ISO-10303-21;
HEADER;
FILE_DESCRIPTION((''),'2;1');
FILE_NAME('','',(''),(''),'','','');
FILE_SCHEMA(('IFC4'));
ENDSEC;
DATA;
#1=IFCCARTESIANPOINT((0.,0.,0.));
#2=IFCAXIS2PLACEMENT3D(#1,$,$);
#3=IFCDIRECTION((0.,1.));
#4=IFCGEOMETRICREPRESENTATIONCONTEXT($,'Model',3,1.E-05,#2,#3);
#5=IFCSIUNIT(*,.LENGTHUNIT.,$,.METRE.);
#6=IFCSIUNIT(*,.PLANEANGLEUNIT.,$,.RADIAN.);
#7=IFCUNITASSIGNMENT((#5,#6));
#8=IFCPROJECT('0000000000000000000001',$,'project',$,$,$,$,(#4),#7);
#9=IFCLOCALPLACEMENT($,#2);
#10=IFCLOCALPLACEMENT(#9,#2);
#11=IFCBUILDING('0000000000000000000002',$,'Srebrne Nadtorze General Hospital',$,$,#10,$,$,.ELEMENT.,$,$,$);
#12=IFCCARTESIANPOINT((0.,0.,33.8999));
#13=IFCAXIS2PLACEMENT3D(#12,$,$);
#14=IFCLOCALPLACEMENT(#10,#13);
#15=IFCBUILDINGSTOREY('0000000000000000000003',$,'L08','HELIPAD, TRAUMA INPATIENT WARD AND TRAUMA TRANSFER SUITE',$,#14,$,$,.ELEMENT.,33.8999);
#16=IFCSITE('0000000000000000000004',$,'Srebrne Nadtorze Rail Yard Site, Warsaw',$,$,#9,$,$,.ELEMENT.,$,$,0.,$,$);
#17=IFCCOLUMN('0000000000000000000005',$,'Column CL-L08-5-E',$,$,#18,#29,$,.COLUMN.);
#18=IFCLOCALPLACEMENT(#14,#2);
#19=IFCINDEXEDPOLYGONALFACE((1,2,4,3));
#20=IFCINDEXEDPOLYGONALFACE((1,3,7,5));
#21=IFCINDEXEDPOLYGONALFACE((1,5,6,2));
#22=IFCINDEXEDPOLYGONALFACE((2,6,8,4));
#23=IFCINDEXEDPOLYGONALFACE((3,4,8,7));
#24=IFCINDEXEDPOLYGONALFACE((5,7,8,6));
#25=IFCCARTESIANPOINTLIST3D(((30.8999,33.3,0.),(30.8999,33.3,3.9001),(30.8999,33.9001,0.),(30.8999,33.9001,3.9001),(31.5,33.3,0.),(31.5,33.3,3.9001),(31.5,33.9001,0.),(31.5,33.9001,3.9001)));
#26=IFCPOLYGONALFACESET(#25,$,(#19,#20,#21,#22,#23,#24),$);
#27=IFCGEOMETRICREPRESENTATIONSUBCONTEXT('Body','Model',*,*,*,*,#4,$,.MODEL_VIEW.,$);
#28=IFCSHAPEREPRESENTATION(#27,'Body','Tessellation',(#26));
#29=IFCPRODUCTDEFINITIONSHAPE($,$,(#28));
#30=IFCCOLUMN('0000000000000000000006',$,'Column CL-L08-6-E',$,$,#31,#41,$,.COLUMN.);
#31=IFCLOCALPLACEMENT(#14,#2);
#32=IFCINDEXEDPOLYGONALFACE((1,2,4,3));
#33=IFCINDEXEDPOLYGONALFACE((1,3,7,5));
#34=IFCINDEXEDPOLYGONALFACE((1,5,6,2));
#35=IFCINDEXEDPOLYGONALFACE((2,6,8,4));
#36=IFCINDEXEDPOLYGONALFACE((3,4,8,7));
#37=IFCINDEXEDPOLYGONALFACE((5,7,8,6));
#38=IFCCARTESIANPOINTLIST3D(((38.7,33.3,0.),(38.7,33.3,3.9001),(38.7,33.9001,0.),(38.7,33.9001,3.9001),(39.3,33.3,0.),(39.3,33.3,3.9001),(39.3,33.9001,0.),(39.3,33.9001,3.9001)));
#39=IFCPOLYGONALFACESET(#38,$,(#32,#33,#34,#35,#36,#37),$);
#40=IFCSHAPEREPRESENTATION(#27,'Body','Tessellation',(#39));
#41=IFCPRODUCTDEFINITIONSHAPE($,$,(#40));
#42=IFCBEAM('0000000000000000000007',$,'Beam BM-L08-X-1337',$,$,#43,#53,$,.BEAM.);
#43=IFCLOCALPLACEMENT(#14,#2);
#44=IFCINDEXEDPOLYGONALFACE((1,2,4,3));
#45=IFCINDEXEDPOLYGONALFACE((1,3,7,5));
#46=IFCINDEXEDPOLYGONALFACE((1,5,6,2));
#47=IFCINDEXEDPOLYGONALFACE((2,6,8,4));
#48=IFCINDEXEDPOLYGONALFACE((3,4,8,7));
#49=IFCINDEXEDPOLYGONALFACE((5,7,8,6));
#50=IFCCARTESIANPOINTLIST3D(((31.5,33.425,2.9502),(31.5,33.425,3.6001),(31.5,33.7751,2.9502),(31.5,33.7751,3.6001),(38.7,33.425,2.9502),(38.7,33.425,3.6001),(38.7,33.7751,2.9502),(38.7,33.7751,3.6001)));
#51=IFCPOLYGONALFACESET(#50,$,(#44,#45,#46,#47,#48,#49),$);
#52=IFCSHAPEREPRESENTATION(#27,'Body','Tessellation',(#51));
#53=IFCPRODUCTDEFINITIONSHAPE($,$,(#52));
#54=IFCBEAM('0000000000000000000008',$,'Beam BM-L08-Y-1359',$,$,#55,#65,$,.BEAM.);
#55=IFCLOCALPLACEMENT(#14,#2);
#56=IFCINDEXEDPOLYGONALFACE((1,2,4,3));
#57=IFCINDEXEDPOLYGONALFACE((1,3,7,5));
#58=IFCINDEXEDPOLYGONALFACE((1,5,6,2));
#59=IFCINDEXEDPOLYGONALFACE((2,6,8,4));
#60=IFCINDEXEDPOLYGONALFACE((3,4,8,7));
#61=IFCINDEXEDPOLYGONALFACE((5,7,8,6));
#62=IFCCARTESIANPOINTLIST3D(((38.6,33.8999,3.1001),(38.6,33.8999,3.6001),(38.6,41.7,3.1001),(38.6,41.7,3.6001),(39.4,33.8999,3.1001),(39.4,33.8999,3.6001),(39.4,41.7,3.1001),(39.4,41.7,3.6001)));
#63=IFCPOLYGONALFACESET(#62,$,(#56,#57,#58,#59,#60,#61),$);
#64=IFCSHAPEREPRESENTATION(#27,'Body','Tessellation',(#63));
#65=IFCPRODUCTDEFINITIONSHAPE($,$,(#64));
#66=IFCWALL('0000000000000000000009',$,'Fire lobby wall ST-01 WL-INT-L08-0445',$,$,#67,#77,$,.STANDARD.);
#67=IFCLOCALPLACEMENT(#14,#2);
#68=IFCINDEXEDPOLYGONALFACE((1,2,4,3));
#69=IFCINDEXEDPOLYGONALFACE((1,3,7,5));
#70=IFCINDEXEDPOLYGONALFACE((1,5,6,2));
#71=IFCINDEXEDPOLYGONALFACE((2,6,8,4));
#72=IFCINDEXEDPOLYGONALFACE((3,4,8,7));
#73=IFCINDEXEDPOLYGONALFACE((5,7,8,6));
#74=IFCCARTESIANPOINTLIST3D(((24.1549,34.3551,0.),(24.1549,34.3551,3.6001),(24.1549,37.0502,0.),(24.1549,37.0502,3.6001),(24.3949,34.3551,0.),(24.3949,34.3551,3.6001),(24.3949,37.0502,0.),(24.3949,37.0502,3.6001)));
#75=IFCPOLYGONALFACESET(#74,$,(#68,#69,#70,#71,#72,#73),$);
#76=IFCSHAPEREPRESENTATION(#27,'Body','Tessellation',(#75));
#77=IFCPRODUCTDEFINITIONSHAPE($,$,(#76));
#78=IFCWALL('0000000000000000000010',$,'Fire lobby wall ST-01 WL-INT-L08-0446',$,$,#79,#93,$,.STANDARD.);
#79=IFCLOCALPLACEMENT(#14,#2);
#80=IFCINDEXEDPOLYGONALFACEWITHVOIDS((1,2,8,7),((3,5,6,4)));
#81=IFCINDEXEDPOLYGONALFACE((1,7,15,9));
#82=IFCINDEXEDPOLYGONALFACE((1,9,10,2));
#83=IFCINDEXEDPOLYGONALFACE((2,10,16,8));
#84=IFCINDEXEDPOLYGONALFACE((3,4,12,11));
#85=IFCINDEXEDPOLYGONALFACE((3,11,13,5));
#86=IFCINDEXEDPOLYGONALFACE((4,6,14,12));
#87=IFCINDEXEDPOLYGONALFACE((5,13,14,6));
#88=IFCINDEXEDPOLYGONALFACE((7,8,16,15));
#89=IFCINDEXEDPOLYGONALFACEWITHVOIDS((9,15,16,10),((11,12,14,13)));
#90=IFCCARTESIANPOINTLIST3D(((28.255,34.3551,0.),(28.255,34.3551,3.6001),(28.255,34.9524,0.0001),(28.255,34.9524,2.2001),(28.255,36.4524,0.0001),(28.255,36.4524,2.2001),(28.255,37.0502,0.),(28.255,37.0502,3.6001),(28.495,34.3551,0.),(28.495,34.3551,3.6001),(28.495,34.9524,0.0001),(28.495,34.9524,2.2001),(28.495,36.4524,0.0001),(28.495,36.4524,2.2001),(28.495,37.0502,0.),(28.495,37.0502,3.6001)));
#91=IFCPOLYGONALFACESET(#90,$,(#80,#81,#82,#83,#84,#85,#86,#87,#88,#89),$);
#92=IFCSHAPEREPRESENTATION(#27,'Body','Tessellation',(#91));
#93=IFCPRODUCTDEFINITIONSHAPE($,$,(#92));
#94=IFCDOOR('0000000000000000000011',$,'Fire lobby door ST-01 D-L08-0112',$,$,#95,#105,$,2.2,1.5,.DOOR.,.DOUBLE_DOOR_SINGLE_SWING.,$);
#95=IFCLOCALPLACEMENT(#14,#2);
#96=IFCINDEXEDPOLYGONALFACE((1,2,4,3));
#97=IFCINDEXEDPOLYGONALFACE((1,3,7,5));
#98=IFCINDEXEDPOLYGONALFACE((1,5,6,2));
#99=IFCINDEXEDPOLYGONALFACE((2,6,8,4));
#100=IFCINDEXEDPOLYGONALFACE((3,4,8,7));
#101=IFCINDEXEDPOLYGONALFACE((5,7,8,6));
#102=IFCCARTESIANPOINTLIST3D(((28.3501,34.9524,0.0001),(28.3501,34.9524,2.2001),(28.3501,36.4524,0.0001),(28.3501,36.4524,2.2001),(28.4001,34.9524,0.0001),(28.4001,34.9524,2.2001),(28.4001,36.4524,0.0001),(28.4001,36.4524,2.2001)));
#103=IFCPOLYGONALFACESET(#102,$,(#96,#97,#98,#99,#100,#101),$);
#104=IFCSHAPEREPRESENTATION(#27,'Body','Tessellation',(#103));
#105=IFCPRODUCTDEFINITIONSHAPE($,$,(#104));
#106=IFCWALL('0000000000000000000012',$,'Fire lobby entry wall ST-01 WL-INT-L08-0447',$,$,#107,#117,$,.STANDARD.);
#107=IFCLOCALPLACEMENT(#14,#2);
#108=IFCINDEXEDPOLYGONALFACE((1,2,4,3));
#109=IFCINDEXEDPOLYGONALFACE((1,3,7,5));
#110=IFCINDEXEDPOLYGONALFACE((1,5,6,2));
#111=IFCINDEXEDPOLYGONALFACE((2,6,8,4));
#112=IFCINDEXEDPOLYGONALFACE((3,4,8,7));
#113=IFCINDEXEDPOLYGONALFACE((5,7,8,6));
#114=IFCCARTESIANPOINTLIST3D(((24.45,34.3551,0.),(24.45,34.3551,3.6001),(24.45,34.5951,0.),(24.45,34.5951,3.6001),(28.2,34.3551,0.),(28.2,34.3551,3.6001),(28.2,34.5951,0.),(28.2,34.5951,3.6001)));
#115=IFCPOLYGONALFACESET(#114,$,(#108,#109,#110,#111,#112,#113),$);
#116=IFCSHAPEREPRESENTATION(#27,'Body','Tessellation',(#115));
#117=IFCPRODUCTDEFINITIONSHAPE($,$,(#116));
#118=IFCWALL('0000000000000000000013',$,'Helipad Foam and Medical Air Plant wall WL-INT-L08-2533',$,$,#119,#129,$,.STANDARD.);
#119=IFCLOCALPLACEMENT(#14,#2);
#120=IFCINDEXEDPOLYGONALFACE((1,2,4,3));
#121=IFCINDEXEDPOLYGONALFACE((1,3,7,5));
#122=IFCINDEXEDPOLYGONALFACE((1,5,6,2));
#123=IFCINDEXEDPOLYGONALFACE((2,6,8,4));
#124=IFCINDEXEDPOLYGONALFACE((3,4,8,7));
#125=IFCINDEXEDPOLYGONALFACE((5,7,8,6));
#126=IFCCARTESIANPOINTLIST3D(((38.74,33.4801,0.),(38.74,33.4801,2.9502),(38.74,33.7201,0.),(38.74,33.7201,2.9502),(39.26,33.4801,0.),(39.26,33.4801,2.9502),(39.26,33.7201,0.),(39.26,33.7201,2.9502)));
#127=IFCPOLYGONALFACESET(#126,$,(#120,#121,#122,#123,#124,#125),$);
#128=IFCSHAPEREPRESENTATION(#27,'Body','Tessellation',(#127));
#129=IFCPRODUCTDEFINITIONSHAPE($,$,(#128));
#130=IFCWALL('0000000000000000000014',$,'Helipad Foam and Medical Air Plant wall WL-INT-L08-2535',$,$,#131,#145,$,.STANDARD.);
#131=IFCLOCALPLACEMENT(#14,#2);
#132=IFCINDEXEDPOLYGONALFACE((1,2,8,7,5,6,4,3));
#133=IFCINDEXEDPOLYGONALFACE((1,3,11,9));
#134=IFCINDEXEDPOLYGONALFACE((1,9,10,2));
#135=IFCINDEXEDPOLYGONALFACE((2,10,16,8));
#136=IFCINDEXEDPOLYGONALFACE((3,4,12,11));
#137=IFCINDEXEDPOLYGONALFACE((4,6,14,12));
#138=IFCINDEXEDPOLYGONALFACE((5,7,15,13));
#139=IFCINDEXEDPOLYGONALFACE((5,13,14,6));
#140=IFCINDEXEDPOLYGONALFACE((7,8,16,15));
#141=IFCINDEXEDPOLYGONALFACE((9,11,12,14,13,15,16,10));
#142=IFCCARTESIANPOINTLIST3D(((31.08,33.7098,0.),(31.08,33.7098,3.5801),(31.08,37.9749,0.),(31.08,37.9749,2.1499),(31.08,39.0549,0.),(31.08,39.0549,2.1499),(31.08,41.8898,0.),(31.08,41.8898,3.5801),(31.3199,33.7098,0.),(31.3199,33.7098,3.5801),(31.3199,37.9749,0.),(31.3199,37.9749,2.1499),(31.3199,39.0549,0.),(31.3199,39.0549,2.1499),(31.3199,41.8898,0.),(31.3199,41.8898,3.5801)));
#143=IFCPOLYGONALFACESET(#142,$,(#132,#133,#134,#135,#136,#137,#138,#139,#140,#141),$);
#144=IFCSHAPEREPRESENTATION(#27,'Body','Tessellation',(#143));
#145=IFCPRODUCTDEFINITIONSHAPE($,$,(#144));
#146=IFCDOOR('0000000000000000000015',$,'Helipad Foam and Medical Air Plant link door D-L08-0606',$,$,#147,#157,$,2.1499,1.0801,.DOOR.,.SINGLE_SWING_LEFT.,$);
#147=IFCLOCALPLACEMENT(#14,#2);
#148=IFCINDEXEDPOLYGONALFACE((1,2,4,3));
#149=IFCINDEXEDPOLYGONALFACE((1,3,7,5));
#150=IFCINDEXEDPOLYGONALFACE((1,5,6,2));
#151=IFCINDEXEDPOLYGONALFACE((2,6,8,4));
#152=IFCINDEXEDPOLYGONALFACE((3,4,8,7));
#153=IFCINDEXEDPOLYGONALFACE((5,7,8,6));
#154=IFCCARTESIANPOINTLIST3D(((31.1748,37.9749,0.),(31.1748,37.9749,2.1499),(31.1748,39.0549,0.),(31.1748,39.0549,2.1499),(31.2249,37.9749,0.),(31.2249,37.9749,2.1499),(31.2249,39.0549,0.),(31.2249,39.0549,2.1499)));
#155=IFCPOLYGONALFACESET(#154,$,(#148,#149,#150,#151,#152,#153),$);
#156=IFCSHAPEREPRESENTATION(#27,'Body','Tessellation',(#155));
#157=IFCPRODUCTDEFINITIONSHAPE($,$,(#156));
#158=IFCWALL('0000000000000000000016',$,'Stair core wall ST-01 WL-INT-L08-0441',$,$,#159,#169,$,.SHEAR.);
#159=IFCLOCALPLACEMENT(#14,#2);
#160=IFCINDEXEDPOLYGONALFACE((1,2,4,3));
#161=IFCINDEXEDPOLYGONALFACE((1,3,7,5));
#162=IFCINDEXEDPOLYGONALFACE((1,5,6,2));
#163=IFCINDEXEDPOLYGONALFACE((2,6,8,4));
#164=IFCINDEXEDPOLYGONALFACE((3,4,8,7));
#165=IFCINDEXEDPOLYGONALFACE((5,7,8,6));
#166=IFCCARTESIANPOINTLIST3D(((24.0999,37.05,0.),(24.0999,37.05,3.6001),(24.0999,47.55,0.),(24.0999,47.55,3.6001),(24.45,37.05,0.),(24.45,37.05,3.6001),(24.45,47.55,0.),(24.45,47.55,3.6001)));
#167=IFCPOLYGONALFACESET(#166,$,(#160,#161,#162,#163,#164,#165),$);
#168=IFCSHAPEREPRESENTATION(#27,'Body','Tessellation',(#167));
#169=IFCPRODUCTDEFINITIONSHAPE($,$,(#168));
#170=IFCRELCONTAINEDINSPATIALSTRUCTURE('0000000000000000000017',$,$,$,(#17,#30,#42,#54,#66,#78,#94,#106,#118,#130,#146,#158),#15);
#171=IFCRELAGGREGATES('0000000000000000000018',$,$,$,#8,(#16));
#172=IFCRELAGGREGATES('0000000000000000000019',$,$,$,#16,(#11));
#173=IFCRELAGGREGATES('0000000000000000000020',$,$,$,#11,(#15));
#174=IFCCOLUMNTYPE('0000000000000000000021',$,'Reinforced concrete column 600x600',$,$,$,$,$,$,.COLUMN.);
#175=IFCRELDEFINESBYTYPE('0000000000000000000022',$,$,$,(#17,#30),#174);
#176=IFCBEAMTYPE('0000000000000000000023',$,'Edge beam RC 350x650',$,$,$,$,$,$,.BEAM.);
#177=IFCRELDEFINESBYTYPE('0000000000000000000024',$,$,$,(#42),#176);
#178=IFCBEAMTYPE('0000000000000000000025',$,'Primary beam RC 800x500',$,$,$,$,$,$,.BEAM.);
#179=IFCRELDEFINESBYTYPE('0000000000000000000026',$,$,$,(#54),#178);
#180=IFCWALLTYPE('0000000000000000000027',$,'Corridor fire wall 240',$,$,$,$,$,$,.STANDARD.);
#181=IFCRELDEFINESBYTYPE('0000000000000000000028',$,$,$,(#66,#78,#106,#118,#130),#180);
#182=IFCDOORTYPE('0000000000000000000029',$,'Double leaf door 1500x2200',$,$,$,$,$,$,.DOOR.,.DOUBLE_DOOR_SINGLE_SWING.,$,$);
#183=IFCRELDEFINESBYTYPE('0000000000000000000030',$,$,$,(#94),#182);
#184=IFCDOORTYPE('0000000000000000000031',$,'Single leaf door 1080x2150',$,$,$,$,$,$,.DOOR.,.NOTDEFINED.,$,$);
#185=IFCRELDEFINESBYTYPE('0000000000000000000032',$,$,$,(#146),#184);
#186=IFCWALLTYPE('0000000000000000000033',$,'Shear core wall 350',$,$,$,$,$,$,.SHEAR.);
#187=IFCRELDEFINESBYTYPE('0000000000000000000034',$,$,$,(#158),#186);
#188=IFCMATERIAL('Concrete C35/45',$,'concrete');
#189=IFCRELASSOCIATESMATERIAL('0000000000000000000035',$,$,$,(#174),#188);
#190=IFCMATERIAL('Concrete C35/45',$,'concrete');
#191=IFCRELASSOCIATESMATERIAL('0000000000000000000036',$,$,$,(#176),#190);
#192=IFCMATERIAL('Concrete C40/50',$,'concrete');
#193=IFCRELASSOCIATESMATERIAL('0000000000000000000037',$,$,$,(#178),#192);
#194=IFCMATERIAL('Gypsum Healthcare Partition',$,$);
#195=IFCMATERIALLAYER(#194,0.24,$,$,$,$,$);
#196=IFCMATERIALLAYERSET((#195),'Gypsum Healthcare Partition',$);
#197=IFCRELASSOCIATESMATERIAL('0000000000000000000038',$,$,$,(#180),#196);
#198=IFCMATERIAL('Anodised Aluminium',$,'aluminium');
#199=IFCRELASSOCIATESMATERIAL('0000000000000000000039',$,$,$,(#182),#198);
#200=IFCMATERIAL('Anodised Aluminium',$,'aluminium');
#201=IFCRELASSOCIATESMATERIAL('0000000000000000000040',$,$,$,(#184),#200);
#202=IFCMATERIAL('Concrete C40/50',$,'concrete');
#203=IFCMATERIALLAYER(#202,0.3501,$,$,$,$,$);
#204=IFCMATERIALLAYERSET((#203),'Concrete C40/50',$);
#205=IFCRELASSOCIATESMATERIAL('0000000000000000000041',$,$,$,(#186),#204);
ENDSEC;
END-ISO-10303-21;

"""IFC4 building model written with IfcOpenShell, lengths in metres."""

from ifc_helpers import new_model, si_unit, direction, frame, frame_2d, origin, origin_2d, place, context, subcontext, project, spatial, rectangle, extrude, material, layer, layer_set, material_profile, profile_set, type_object, element, fill, save


model = new_model("IFC4")

# Units and contexts
model_context = context("Model", 3, precision=1e-05, world=origin(), true_north=direction((0.0, 1.0)))
body_context = subcontext(model_context, "Body", "Model", "MODEL_VIEW")
ifc_project = project(units=[si_unit("LENGTHUNIT", "METRE"), si_unit("PLANEANGLEUNIT", "RADIAN")], contexts=[model_context])

# Site, building, storey
site_placement = place(None, origin())
site = spatial("IfcSite", under=ifc_project, at=site_placement, Name="Srebrne Nadtorze Rail Yard Site, Warsaw", CompositionType="ELEMENT", RefElevation=0.0)
building_placement = place(site_placement, origin())
building = spatial("IfcBuilding", under=site, at=building_placement, Name="Srebrne Nadtorze General Hospital", CompositionType="ELEMENT")
storey_placement = place(building_placement, frame((0.0, 0.0, 33.8999)))
storey = spatial("IfcBuildingStorey", under=building, at=storey_placement, Name="L08", Description="HELIPAD, TRAUMA INPATIENT WARD AND TRAUMA TRANSFER SUITE", CompositionType="ELEMENT", Elevation=33.8999)

# Columns
ifc_material_1 = material(Name="Concrete C35/45", Category="concrete")
ifc_material_profile_1 = material_profile(ifc_material_1, rectangle(XDim=0.6001, YDim=0.6001, at=origin_2d()), Name="RC-COL-600x600")
ifc_profile_set_1 = profile_set([ifc_material_profile_1], Name="Concrete C35/45")
column_type = type_object("IfcColumnType", Name="Reinforced concrete column 600x600", PredefinedType="COLUMN", material=ifc_profile_set_1)
for number, where, z_axis, x_axis, name in (
    (1, (31.2, 33.6001, 0.0), (0.0, 0.0, 1.0), (1.0, 0.0, 0.0), "Column CL-L08-5-E"),
    (2, (39.0, 33.6001, 0.0), (0.0, 0.0, 1.0), (1.0, 0.0, 0.0), "Column CL-L08-6-E"),
):
    element("IfcColumn", number, at=place(storey_placement, frame(where, z_axis=z_axis, x_axis=x_axis)), inside=storey, type_object=column_type, Name=name, PredefinedType="COLUMN", context=body_context, shape_type="SweptSolid", body=[
        extrude(rectangle(XDim=0.6001, YDim=0.6001, at=origin_2d()), origin(), (0.0, 0.0, 1.0), 3.9001),
    ])

# Beams
ifc_material_2 = material(Name="Concrete C35/45", Category="concrete")
ifc_material_profile_2 = material_profile(ifc_material_2, rectangle(XDim=0.3501, YDim=0.6499, at=origin_2d()), Name="RC-BM-350x650")
ifc_profile_set_2 = profile_set([ifc_material_profile_2], Name="Concrete C35/45")
beam_type_1 = type_object("IfcBeamType", Name="Edge beam RC 350x650", PredefinedType="BEAM", material=ifc_profile_set_2)
beam_1_placement = place(storey_placement, frame((31.5, 33.6001, 3.2751), z_axis=(1.0, 0.0, 0.0), x_axis=(0.0, 1.0, 0.0)))
element("IfcBeam", 3, at=beam_1_placement, inside=storey, type_object=beam_type_1, Name="Beam BM-L08-X-1337", PredefinedType="BEAM", context=body_context, shape_type="SweptSolid", body=[
    extrude(rectangle(XDim=0.3501, YDim=0.6499, at=origin_2d()), origin(), (0.0, 0.0, 1.0), 7.2),
])
ifc_material_3 = material(Name="Concrete C40/50", Category="concrete")
ifc_material_profile_3 = material_profile(ifc_material_3, rectangle(XDim=0.8, YDim=0.5, at=origin_2d()), Name="RC-BM-800x500")
ifc_profile_set_3 = profile_set([ifc_material_profile_3], Name="Concrete C40/50")
beam_type_2 = type_object("IfcBeamType", Name="Primary beam RC 800x500", PredefinedType="BEAM", material=ifc_profile_set_3)
beam_2_placement = place(storey_placement, frame((39.0, 33.8999, 3.3501), z_axis=(0.0, 1.0, 0.0), x_axis=(-1.0, 0.0, 0.0)))
element("IfcBeam", 4, at=beam_2_placement, inside=storey, type_object=beam_type_2, Name="Beam BM-L08-Y-1359", PredefinedType="BEAM", context=body_context, shape_type="SweptSolid", body=[
    extrude(rectangle(XDim=0.8, YDim=0.5, at=origin_2d()), origin(), (0.0, 0.0, 1.0), 7.8),
])

# Wall
ifc_material_4 = material(Name="Gypsum Healthcare Partition")
ifc_layer_1 = layer(ifc_material_4, 0.24)
ifc_layer_set_1 = layer_set([ifc_layer_1], Name="Gypsum Healthcare Partition")
wall_type_1 = type_object("IfcWallType", Name="Corridor fire wall 240", PredefinedType="STANDARD", material=ifc_layer_set_1)
wall_1_placement = place(storey_placement, frame((24.2749, 34.355, 0.0), z_axis=(0.0, 0.0, 1.0), x_axis=(0.0, 1.0, 0.0)))
element("IfcWall", 5, at=wall_1_placement, inside=storey, type_object=wall_type_1, Name="Fire lobby wall ST-01 WL-INT-L08-0445", PredefinedType="STANDARD", context=body_context, shape_type="SweptSolid", body=[
    extrude(rectangle(XDim=2.6951, YDim=0.24, at=frame_2d((1.3477, 0.0))), origin(), (0.0, 0.0, 1.0), 3.6001),
])

# Wall, opening, door
wall_2_placement = place(storey_placement, frame((28.375, 34.355, 0.0), z_axis=(0.0, 0.0, 1.0), x_axis=(0.0, 1.0, 0.0)))
wall_2 = element("IfcWall", 6, at=wall_2_placement, inside=storey, type_object=wall_type_1, Name="Fire lobby wall ST-01 WL-INT-L08-0446", PredefinedType="STANDARD", context=body_context, shape_type="SweptSolid", body=[
    extrude(rectangle(XDim=2.6951, YDim=0.24, at=frame_2d((1.3477, 0.0))), origin(), (0.0, 0.0, 1.0), 3.6001),
])
opening_1_placement = place(wall_2_placement, frame((0.5974, 0.0, 0.0)))
opening_1 = element("IfcOpeningElement", 7, at=opening_1_placement, cuts=wall_2, PredefinedType="OPENING", context=body_context, shape_type="SweptSolid", body=[
    extrude(rectangle(XDim=1.5, YDim=2.2, at=frame_2d((0.75, 1.1001))), frame((0.0, 0.1318, 0.0), z_axis=(0.0, -1.0, 0.0), x_axis=(1.0, 0.0, 0.0)), (0.0, 0.0, 1.0), 0.2639),
])
ifc_material_5 = material(Name="Anodised Aluminium", Category="aluminium")
door_type_1 = type_object("IfcDoorType", Name="Double leaf door 1500x2200", OperationType="DOUBLE_DOOR_SINGLE_SWING", PredefinedType="DOOR", material=ifc_material_5)
door_1_placement = place(opening_1_placement, origin())
door_1 = element("IfcDoor", 8, at=door_1_placement, inside=storey, type_object=door_type_1, Name="Fire lobby door ST-01 D-L08-0112", OperationType="DOUBLE_DOOR_SINGLE_SWING", OverallHeight=2.2, OverallWidth=1.5, PredefinedType="DOOR", context=body_context, shape_type="SweptSolid", body=[
    extrude(rectangle(XDim=1.5, YDim=2.2, at=frame_2d((0.75, 1.1001))), frame((0.0, 0.0249, 0.0), z_axis=(0.0, -1.0, 0.0), x_axis=(1.0, 0.0, 0.0)), (0.0, 0.0, 1.0), 0.05),
])
fill(opening_1, door_1)

# Walls
wall_3_placement = place(storey_placement, frame((24.45, 34.4751, 0.0), z_axis=(0.0, 0.0, 1.0), x_axis=(1.0, 0.0, 0.0)))
element("IfcWall", 9, at=wall_3_placement, inside=storey, type_object=wall_type_1, Name="Fire lobby entry wall ST-01 WL-INT-L08-0447", PredefinedType="STANDARD", context=body_context, shape_type="SweptSolid", body=[
    extrude(rectangle(XDim=3.75, YDim=0.24, at=frame_2d((1.875, 0.0))), origin(), (0.0, 0.0, 1.0), 3.6001),
])
wall_4_placement = place(storey_placement, frame((38.74, 33.6001, 0.0), z_axis=(0.0, 0.0, 1.0), x_axis=(1.0, 0.0, 0.0)))
element("IfcWall", 10, at=wall_4_placement, inside=storey, type_object=wall_type_1, Name="Helipad Foam and Medical Air Plant wall WL-INT-L08-2533", PredefinedType="STANDARD", context=body_context, shape_type="SweptSolid", body=[
    extrude(rectangle(XDim=0.52, YDim=0.24, at=frame_2d((0.26, 0.0))), origin(), (0.0, 0.0, 1.0), 2.9502),
])

# Wall, opening, door
wall_5_placement = place(storey_placement, frame((31.2, 33.71, 0.0), z_axis=(0.0, 0.0, 1.0), x_axis=(0.0, 1.0, 0.0)))
wall_5 = element("IfcWall", 11, at=wall_5_placement, inside=storey, type_object=wall_type_1, Name="Helipad Foam and Medical Air Plant wall WL-INT-L08-2535", PredefinedType="STANDARD", context=body_context, shape_type="SweptSolid", body=[
    extrude(rectangle(XDim=8.1799, YDim=0.24, at=frame_2d((4.0898, 0.0))), origin(), (0.0, 0.0, 1.0), 3.5801),
])
opening_2_placement = place(wall_5_placement, frame((4.2649, 0.0, 0.0)))
opening_2 = element("IfcOpeningElement", 12, at=opening_2_placement, cuts=wall_5, PredefinedType="OPENING", context=body_context, shape_type="SweptSolid", body=[
    extrude(rectangle(XDim=1.0801, YDim=2.1499, at=frame_2d((0.54, 1.075))), frame((0.0, 0.1318, 0.0), z_axis=(0.0, -1.0, 0.0), x_axis=(1.0, 0.0, 0.0)), (0.0, 0.0, 1.0), 0.2639),
])
ifc_material_6 = material(Name="Anodised Aluminium", Category="aluminium")
door_type_2 = type_object("IfcDoorType", Name="Single leaf door 1080x2150", OperationType="NOTDEFINED", PredefinedType="DOOR", material=ifc_material_6)
door_2_placement = place(opening_2_placement, frame((1.0801, 0.0, 0.0), z_axis=(0.0, 0.0, 1.0), x_axis=(-1.0, 0.0, 0.0)))
door_2 = element("IfcDoor", 13, at=door_2_placement, inside=storey, type_object=door_type_2, Name="Helipad Foam and Medical Air Plant link door D-L08-0606", OperationType="SINGLE_SWING_LEFT", OverallHeight=2.1499, OverallWidth=1.0801, PredefinedType="DOOR", context=body_context, shape_type="SweptSolid", body=[
    extrude(rectangle(XDim=1.0801, YDim=2.1499, at=frame_2d((0.54, 1.075))), frame((0.0, 0.0249, 0.0), z_axis=(0.0, -1.0, 0.0), x_axis=(1.0, 0.0, 0.0)), (0.0, 0.0, 1.0), 0.05),
])
fill(opening_2, door_2)

# Wall
ifc_material_7 = material(Name="Concrete C40/50", Category="concrete")
ifc_layer_2 = layer(ifc_material_7, 0.3501)
ifc_layer_set_2 = layer_set([ifc_layer_2], Name="Concrete C40/50")
wall_type_2 = type_object("IfcWallType", Name="Shear core wall 350", PredefinedType="SHEAR", material=ifc_layer_set_2)
wall_6_placement = place(storey_placement, frame((24.2749, 37.05, 0.0), z_axis=(0.0, 0.0, 1.0), x_axis=(0.0, 1.0, 0.0)))
element("IfcWall", 14, at=wall_6_placement, inside=storey, type_object=wall_type_2, Name="Stair core wall ST-01 WL-INT-L08-0441", PredefinedType="SHEAR", context=body_context, shape_type="SweptSolid", body=[
    extrude(rectangle(XDim=10.5, YDim=0.3501, at=frame_2d((5.25, 0.0))), origin(), (0.0, 0.0, 1.0), 3.6001),
])

save(model, "model.ifc")
